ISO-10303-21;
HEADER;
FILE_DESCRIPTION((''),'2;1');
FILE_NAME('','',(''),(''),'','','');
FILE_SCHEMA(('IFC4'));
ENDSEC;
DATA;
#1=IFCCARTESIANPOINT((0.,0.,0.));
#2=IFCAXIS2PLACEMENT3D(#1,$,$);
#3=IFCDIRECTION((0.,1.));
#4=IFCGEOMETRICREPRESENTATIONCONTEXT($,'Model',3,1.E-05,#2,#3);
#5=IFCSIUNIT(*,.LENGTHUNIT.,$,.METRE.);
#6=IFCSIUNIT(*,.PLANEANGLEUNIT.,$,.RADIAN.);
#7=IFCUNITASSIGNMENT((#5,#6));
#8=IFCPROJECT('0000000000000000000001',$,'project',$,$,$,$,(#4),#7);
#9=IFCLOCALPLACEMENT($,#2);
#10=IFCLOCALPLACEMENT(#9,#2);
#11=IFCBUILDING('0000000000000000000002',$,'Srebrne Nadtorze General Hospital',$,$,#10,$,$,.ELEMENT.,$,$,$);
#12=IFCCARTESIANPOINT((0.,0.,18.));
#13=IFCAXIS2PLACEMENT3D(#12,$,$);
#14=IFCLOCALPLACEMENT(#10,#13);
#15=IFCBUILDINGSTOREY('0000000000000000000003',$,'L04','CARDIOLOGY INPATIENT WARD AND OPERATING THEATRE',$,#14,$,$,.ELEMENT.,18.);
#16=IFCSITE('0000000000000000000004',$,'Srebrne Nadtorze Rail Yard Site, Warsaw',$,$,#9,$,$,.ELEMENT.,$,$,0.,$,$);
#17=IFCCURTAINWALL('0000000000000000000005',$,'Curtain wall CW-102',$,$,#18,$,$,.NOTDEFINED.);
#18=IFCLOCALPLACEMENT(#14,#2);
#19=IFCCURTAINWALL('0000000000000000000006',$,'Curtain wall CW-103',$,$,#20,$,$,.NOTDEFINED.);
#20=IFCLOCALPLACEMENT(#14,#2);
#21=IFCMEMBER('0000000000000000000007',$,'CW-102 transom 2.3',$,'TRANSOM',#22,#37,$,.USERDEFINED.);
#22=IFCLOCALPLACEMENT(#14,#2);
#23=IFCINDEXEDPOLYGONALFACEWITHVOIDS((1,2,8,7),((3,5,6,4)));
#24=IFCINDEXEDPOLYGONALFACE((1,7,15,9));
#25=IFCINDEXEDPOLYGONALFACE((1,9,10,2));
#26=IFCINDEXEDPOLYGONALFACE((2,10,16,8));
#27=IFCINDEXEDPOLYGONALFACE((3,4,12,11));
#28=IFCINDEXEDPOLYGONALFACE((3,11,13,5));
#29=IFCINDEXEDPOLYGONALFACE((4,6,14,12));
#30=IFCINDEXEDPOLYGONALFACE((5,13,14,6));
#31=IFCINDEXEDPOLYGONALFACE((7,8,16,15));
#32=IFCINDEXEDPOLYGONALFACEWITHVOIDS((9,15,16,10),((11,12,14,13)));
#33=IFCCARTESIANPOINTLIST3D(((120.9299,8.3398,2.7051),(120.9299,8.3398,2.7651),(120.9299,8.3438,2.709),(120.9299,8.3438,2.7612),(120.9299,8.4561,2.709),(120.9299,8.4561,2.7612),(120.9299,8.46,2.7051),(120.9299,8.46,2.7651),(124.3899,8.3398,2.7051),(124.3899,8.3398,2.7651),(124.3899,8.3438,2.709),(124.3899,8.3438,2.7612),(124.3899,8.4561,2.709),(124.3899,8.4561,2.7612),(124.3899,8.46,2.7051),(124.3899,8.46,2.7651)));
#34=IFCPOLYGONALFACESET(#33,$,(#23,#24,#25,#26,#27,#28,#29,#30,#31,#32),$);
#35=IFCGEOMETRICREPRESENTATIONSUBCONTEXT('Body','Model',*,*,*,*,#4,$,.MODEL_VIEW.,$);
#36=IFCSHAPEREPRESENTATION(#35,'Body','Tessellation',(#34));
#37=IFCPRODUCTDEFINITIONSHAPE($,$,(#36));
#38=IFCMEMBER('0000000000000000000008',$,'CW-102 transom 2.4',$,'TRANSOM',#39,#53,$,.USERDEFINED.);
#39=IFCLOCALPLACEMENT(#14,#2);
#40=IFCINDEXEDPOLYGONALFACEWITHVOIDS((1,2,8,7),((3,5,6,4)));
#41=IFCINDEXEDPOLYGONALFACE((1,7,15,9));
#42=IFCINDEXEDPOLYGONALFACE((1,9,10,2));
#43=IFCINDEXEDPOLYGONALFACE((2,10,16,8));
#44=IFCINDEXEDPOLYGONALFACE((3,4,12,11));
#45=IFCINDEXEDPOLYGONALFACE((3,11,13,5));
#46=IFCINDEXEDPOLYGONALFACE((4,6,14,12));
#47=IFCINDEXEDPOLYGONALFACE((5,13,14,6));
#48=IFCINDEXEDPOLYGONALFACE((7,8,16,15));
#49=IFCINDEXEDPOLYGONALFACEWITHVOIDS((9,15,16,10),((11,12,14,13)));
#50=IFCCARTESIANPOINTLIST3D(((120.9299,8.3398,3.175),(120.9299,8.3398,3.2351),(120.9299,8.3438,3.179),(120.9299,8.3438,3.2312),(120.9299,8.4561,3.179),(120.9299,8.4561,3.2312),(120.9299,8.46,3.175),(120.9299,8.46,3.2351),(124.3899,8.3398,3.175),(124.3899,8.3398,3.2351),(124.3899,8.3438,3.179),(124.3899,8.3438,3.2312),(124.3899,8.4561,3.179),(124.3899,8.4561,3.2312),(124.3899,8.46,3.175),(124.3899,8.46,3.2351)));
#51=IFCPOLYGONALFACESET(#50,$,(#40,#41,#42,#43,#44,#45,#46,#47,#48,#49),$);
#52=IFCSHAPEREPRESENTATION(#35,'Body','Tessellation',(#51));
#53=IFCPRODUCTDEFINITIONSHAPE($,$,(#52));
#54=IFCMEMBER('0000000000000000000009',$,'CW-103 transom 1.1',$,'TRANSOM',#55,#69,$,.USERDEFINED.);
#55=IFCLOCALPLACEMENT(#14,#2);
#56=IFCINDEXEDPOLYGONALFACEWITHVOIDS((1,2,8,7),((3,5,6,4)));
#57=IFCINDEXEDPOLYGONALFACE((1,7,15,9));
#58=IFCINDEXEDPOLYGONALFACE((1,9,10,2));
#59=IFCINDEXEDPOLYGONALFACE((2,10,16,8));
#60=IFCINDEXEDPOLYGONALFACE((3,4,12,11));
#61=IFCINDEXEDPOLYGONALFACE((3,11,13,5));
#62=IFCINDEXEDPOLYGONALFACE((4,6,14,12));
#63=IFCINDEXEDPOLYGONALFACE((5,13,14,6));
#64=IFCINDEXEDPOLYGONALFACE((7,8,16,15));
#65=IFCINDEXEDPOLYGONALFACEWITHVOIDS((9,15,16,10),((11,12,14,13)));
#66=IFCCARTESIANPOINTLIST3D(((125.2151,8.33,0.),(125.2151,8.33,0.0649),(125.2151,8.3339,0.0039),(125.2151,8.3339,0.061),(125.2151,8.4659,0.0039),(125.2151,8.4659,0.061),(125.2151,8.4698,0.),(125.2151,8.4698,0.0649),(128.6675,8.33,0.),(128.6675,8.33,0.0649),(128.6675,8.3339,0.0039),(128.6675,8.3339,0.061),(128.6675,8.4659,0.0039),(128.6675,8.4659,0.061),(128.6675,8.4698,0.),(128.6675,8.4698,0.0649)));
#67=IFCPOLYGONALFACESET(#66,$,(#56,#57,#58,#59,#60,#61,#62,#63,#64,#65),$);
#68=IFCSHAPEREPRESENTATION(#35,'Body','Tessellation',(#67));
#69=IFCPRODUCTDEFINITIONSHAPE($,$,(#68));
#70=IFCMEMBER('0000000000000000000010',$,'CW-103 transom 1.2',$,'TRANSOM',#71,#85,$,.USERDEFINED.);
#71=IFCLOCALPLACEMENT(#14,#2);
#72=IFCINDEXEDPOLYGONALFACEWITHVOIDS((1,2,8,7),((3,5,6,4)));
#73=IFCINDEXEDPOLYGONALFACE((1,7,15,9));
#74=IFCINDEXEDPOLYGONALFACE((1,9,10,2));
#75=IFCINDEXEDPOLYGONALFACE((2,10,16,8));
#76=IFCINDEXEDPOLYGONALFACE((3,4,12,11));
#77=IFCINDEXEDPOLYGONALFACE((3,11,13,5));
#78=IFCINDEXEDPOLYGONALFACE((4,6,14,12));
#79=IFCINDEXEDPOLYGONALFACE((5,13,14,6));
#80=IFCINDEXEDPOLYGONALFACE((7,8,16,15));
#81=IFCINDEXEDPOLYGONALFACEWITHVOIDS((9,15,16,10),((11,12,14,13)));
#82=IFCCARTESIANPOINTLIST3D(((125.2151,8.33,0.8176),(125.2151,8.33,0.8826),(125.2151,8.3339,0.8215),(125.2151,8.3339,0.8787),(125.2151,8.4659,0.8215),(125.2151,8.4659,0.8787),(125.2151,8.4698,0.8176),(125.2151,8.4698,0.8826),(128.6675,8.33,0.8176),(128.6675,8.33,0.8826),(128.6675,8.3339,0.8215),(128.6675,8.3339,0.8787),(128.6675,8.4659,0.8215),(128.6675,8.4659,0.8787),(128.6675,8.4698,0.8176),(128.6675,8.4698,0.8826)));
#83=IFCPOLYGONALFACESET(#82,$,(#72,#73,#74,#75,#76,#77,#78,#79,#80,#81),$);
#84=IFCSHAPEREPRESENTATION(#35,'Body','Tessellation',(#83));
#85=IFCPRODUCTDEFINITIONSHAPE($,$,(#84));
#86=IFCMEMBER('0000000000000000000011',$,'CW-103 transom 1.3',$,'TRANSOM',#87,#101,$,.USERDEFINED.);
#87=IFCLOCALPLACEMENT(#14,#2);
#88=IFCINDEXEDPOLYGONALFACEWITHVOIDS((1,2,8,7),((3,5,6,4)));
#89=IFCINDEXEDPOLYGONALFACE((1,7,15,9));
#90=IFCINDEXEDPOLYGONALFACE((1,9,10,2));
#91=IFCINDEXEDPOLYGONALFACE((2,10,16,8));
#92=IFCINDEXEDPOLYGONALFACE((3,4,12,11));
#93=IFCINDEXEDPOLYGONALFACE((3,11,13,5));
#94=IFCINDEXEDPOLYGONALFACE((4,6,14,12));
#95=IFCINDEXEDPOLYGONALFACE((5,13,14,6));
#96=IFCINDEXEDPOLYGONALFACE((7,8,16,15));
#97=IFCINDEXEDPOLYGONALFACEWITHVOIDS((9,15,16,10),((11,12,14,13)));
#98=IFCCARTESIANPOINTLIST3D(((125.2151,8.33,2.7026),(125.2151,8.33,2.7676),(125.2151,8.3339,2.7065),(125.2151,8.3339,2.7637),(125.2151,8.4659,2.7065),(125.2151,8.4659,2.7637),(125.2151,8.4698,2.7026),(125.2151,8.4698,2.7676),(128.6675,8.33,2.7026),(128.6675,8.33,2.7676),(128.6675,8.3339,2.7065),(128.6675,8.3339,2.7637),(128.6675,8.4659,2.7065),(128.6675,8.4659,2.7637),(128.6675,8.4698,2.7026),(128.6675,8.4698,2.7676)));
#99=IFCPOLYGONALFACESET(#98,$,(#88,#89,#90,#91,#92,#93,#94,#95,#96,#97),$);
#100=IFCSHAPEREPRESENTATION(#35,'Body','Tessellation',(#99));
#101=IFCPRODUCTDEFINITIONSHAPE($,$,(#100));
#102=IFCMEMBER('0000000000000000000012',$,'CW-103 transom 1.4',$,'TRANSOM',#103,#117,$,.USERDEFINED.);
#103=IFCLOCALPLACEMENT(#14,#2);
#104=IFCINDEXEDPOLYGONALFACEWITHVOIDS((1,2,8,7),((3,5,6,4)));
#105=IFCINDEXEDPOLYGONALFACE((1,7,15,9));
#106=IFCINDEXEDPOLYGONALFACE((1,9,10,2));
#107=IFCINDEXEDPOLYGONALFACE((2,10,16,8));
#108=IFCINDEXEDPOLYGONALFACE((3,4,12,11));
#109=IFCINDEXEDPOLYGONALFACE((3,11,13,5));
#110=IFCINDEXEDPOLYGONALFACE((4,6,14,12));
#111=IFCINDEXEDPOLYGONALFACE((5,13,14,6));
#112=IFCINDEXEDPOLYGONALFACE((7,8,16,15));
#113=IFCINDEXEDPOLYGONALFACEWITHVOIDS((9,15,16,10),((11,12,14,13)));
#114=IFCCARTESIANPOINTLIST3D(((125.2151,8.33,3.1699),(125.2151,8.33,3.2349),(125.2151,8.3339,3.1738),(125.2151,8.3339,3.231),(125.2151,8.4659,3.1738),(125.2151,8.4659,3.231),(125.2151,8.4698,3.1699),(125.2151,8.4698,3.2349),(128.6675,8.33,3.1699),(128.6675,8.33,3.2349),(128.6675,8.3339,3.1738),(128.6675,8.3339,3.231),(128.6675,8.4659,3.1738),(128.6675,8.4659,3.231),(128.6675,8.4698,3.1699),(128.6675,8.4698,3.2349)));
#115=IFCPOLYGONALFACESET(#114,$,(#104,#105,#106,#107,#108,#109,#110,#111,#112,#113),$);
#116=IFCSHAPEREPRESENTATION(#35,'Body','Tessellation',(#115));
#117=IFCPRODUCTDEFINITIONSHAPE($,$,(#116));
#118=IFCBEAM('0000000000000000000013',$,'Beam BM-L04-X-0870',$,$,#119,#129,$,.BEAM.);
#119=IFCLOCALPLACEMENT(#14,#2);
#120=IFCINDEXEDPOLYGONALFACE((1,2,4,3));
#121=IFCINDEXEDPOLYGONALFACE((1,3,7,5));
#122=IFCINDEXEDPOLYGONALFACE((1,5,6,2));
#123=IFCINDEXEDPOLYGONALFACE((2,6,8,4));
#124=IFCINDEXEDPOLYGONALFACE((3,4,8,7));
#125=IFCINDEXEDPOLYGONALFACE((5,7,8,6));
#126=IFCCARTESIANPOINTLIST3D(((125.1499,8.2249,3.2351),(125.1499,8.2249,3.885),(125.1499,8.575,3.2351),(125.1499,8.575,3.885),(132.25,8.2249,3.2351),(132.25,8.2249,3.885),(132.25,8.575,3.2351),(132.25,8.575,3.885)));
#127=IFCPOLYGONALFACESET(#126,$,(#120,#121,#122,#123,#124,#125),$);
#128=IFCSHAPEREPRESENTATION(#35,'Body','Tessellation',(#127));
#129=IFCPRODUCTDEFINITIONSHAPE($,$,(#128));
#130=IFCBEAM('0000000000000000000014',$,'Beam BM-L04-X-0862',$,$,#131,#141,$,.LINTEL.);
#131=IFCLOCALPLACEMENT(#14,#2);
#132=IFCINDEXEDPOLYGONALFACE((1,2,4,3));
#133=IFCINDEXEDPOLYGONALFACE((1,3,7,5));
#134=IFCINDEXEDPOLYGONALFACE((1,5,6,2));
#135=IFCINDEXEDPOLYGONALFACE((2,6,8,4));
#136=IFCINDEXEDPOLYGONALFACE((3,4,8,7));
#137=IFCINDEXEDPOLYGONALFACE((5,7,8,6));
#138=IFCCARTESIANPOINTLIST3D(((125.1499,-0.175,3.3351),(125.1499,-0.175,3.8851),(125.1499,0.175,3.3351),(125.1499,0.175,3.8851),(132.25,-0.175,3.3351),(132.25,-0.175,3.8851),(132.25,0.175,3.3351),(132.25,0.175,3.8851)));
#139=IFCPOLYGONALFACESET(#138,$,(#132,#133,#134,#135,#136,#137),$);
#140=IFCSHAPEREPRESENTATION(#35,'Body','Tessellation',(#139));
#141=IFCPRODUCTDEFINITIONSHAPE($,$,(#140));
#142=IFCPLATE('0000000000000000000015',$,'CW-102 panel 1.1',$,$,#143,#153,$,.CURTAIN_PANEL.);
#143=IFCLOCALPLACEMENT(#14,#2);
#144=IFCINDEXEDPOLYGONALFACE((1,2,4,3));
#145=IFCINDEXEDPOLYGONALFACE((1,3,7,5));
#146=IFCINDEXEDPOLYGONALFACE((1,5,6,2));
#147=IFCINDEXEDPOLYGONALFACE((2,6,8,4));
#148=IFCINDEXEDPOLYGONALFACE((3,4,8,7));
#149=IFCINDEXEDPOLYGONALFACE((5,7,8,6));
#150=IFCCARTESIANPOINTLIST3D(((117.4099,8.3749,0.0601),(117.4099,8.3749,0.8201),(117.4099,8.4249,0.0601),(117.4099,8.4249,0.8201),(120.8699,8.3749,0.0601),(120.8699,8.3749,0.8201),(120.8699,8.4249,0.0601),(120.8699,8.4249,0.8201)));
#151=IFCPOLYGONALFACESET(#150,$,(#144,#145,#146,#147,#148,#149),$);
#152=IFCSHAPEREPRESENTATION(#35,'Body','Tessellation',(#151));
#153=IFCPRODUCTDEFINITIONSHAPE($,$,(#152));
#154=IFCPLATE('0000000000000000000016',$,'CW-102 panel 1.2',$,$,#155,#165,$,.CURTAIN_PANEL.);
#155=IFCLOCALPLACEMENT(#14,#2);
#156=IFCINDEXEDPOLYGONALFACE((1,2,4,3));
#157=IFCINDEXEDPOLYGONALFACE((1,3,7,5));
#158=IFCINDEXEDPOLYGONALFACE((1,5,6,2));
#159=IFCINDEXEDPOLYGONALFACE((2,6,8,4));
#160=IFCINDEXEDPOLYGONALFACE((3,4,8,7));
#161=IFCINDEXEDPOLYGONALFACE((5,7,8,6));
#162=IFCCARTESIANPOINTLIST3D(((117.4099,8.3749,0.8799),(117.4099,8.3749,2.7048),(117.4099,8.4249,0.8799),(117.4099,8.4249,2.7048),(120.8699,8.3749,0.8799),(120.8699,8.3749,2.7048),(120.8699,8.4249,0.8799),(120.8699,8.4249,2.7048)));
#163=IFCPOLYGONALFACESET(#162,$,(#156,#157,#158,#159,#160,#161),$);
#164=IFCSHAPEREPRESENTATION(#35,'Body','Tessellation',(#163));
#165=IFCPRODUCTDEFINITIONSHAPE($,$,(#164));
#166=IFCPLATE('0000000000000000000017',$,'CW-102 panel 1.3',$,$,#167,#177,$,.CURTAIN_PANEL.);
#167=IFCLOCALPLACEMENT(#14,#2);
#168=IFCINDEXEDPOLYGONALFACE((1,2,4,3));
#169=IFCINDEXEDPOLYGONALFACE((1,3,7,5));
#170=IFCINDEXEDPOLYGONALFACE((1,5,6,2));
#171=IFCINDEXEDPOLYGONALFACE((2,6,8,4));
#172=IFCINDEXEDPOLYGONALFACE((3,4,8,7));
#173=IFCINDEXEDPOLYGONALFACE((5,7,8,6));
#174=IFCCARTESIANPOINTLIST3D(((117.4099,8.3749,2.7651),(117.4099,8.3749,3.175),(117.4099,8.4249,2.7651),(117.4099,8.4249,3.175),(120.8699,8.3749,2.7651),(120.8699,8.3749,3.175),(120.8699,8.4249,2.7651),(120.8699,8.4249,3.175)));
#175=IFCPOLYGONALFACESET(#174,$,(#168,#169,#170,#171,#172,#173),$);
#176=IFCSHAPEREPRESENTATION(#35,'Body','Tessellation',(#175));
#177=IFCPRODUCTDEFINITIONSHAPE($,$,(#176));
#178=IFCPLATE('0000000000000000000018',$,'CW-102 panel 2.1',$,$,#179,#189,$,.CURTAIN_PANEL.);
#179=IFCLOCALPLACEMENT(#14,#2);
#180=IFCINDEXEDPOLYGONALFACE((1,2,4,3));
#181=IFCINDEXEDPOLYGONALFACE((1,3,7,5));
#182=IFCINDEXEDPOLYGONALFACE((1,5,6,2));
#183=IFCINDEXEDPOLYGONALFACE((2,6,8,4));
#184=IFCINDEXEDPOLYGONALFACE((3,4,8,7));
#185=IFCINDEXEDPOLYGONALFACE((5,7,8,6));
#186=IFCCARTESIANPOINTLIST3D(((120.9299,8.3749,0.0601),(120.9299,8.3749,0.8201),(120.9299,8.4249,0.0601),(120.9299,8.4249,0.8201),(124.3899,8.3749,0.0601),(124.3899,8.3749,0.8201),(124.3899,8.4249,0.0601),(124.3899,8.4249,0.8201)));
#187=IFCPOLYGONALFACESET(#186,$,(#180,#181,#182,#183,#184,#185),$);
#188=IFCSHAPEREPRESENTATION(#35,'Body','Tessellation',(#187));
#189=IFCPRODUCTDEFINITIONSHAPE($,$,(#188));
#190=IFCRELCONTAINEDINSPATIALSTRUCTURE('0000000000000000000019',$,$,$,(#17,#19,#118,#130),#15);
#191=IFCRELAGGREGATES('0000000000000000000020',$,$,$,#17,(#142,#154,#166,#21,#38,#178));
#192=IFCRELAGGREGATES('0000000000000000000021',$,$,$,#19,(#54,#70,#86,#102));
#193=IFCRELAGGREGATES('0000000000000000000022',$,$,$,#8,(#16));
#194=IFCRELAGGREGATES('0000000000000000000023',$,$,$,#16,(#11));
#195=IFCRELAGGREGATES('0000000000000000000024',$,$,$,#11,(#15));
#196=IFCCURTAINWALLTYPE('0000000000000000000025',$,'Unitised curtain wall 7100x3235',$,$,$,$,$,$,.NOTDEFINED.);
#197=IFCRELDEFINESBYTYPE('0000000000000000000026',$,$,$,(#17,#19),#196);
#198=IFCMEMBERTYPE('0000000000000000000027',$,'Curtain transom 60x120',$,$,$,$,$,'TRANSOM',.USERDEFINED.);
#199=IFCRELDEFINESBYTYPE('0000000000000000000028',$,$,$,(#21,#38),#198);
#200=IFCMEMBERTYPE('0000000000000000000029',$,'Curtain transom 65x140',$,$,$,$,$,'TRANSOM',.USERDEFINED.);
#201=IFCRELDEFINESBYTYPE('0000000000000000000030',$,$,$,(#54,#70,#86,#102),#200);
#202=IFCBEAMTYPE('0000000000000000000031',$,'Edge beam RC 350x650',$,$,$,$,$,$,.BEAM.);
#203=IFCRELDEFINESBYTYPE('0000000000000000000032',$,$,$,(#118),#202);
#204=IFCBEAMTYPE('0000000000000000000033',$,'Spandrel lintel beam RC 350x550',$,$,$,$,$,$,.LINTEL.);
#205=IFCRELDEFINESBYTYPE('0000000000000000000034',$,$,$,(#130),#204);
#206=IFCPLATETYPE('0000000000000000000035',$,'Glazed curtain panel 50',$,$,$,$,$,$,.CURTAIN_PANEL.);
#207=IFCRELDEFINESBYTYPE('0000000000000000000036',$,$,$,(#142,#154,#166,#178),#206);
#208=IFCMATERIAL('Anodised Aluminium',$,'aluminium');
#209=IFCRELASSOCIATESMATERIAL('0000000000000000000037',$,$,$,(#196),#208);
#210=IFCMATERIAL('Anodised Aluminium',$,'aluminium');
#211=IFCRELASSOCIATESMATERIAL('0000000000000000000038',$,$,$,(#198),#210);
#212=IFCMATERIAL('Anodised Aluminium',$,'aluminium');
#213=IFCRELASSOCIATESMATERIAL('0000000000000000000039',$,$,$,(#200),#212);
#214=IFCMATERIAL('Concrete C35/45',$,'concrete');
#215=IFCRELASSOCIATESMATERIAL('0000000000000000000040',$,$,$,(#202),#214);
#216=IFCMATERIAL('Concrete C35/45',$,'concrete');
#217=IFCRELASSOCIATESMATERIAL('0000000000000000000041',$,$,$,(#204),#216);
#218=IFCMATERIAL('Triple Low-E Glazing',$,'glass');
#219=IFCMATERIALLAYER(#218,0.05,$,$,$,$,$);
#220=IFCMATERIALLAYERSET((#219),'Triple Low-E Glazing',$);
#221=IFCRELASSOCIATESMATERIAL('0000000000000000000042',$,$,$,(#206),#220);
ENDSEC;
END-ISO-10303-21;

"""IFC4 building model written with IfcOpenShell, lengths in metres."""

from ifc_helpers import new_model, si_unit, direction, frame, origin, origin_2d, place, context, subcontext, project, spatial, rectangle, hollow_rectangle, extrude, material, layer, layer_set, material_profile, profile_set, type_object, element, aggregate, save


model = new_model("IFC4")

# Units and contexts
model_context = context("Model", 3, precision=1e-05, world=origin(), true_north=direction((0.0, 1.0)))
body_context = subcontext(model_context, "Body", "Model", "MODEL_VIEW")
ifc_project = project(units=[si_unit("LENGTHUNIT", "METRE"), si_unit("PLANEANGLEUNIT", "RADIAN")], contexts=[model_context])

# Site, building, storey
site_placement = place(None, origin())
site = spatial("IfcSite", under=ifc_project, at=site_placement, Name="Srebrne Nadtorze Rail Yard Site, Warsaw", CompositionType="ELEMENT", RefElevation=0.0)
building_placement = place(site_placement, origin())
building = spatial("IfcBuilding", under=site, at=building_placement, Name="Srebrne Nadtorze General Hospital", CompositionType="ELEMENT")
storey_placement = place(building_placement, frame((0.0, 0.0, 18.0)))
storey = spatial("IfcBuildingStorey", under=building, at=storey_placement, Name="L04", Description="CARDIOLOGY INPATIENT WARD AND OPERATING THEATRE", CompositionType="ELEMENT", Elevation=18.0)

# Curtain wall
ifc_material_1 = material(Name="Anodised Aluminium", Category="aluminium")
curtain_wall_type = type_object("IfcCurtainWallType", Name="Unitised curtain wall 7100x3235", PredefinedType="NOTDEFINED", material=ifc_material_1)
curtain_wall_1_placement = place(storey_placement, origin())
curtain_wall_1 = element("IfcCurtainWall", 1, at=curtain_wall_1_placement, inside=storey, type_object=curtain_wall_type, Name="Curtain wall CW-102", PredefinedType="NOTDEFINED")

# Curtain wall
curtain_wall_2_placement = place(storey_placement, origin())
curtain_wall_2 = element("IfcCurtainWall", 2, at=curtain_wall_2_placement, inside=storey, type_object=curtain_wall_type, Name="Curtain wall CW-103", PredefinedType="NOTDEFINED")

# Members
ifc_material_2 = material(Name="Anodised Aluminium", Category="aluminium")
ifc_material_profile_1 = material_profile(ifc_material_2, hollow_rectangle(XDim=0.0601, YDim=0.1201, WallThickness=0.0039, at=origin_2d()), Name="AL-TRN-60x120")
ifc_profile_set_1 = profile_set([ifc_material_profile_1], Name="Anodised Aluminium")
member_type_1 = type_object("IfcMemberType", Name="Curtain transom 60x120", ElementType="TRANSOM", PredefinedType="USERDEFINED", material=ifc_profile_set_1)
member_1_placement = place(storey_placement, frame((120.9299, 8.3999, 2.7351), z_axis=(1.0, 0.0, 0.0), x_axis=(0.0, 0.0, 1.0)))
member_1 = element("IfcMember", 3, at=member_1_placement, type_object=member_type_1, Name="CW-102 transom 2.3", ObjectType="TRANSOM", PredefinedType="USERDEFINED", context=body_context, shape_type="SweptSolid", body=[
    extrude(hollow_rectangle(XDim=0.0601, YDim=0.1201, WallThickness=0.0039, at=origin_2d()), origin(), (0.0, 0.0, 1.0), 3.46),
])
member_2_placement = place(storey_placement, frame((120.9299, 8.3999, 3.2051), z_axis=(1.0, 0.0, 0.0), x_axis=(0.0, 0.0, 1.0)))
member_2 = element("IfcMember", 4, at=member_2_placement, type_object=member_type_1, Name="CW-102 transom 2.4", ObjectType="TRANSOM", PredefinedType="USERDEFINED", context=body_context, shape_type="SweptSolid", body=[
    extrude(hollow_rectangle(XDim=0.0601, YDim=0.1201, WallThickness=0.0039, at=origin_2d()), origin(), (0.0, 0.0, 1.0), 3.46),
])
ifc_material_3 = material(Name="Anodised Aluminium", Category="aluminium")
ifc_material_profile_2 = material_profile(ifc_material_3, hollow_rectangle(XDim=0.0649, YDim=0.1399, WallThickness=0.0039, at=origin_2d()), Name="AL-TRN-65x140")
ifc_profile_set_2 = profile_set([ifc_material_profile_2], Name="Anodised Aluminium")
member_type_2 = type_object("IfcMemberType", Name="Curtain transom 65x140", ElementType="TRANSOM", PredefinedType="USERDEFINED", material=ifc_profile_set_2)
member_3_placement = place(storey_placement, frame((125.2151, 8.3999, 0.0325), z_axis=(1.0, 0.0, 0.0), x_axis=(0.0, 0.0, 1.0)))
member_3 = element("IfcMember", 5, at=member_3_placement, type_object=member_type_2, Name="CW-103 transom 1.1", ObjectType="TRANSOM", PredefinedType="USERDEFINED", context=body_context, shape_type="SweptSolid", body=[
    extrude(hollow_rectangle(XDim=0.0649, YDim=0.1399, WallThickness=0.0039, at=origin_2d()), origin(), (0.0, 0.0, 1.0), 3.4524),
])
member_4_placement = place(storey_placement, frame((125.2151, 8.3999, 0.8501), z_axis=(1.0, 0.0, 0.0), x_axis=(0.0, 0.0, 1.0)))
member_4 = element("IfcMember", 6, at=member_4_placement, type_object=member_type_2, Name="CW-103 transom 1.2", ObjectType="TRANSOM", PredefinedType="USERDEFINED", context=body_context, shape_type="SweptSolid", body=[
    extrude(hollow_rectangle(XDim=0.0649, YDim=0.1399, WallThickness=0.0039, at=origin_2d()), origin(), (0.0, 0.0, 1.0), 3.4524),
])
member_5_placement = place(storey_placement, frame((125.2151, 8.3999, 2.7351), z_axis=(1.0, 0.0, 0.0), x_axis=(0.0, 0.0, 1.0)))
member_5 = element("IfcMember", 7, at=member_5_placement, type_object=member_type_2, Name="CW-103 transom 1.3", ObjectType="TRANSOM", PredefinedType="USERDEFINED", context=body_context, shape_type="SweptSolid", body=[
    extrude(hollow_rectangle(XDim=0.0649, YDim=0.1399, WallThickness=0.0039, at=origin_2d()), origin(), (0.0, 0.0, 1.0), 3.4524),
])
member_6_placement = place(storey_placement, frame((125.2151, 8.3999, 3.2024), z_axis=(1.0, 0.0, 0.0), x_axis=(0.0, 0.0, 1.0)))
member_6 = element("IfcMember", 8, at=member_6_placement, type_object=member_type_2, Name="CW-103 transom 1.4", ObjectType="TRANSOM", PredefinedType="USERDEFINED", context=body_context, shape_type="SweptSolid", body=[
    extrude(hollow_rectangle(XDim=0.0649, YDim=0.1399, WallThickness=0.0039, at=origin_2d()), origin(), (0.0, 0.0, 1.0), 3.4524),
])

# Beams
ifc_material_4 = material(Name="Concrete C35/45", Category="concrete")
ifc_material_profile_3 = material_profile(ifc_material_4, rectangle(XDim=0.3501, YDim=0.6499, at=origin_2d()), Name="RC-BM-350x650")
ifc_profile_set_3 = profile_set([ifc_material_profile_3], Name="Concrete C35/45")
beam_type_1 = type_object("IfcBeamType", Name="Edge beam RC 350x650", PredefinedType="BEAM", material=ifc_profile_set_3)
beam_1_placement = place(storey_placement, frame((125.1499, 8.3999, 3.5601), z_axis=(1.0, 0.0, 0.0), x_axis=(0.0, 1.0, 0.0)))
element("IfcBeam", 9, at=beam_1_placement, inside=storey, type_object=beam_type_1, Name="Beam BM-L04-X-0870", PredefinedType="BEAM", context=body_context, shape_type="SweptSolid", body=[
    extrude(rectangle(XDim=0.3501, YDim=0.6499, at=origin_2d()), origin(), (0.0, 0.0, 1.0), 7.1001),
])
ifc_material_5 = material(Name="Concrete C35/45", Category="concrete")
ifc_material_profile_4 = material_profile(ifc_material_5, rectangle(XDim=0.3501, YDim=0.55, at=origin_2d()), Name="RC-BM-350x550")
ifc_profile_set_4 = profile_set([ifc_material_profile_4], Name="Concrete C35/45")
beam_type_2 = type_object("IfcBeamType", Name="Spandrel lintel beam RC 350x550", PredefinedType="LINTEL", material=ifc_profile_set_4)
beam_2_placement = place(storey_placement, frame((125.1499, 0.0, 3.6101), z_axis=(1.0, 0.0, 0.0), x_axis=(0.0, 1.0, 0.0)))
element("IfcBeam", 10, at=beam_2_placement, inside=storey, type_object=beam_type_2, Name="Beam BM-L04-X-0862", PredefinedType="LINTEL", context=body_context, shape_type="SweptSolid", body=[
    extrude(rectangle(XDim=0.3501, YDim=0.55, at=origin_2d()), origin(), (0.0, 0.0, 1.0), 7.1001),
])

# Plates
ifc_material_6 = material(Name="Triple Low-E Glazing", Category="glass")
ifc_layer_1 = layer(ifc_material_6, 0.05)
ifc_layer_set_1 = layer_set([ifc_layer_1], Name="Triple Low-E Glazing")
plate_type = type_object("IfcPlateType", Name="Glazed curtain panel 50", PredefinedType="CURTAIN_PANEL", material=ifc_layer_set_1)
plate_1_placement = place(storey_placement, frame((119.1399, 8.3999, 0.0601), z_axis=(0.0, 0.0, 1.0), x_axis=(1.0, 0.0, 0.0)))
plate_1 = element("IfcPlate", 11, at=plate_1_placement, type_object=plate_type, Name="CW-102 panel 1.1", PredefinedType="CURTAIN_PANEL", context=body_context, shape_type="SweptSolid", body=[
    extrude(rectangle(XDim=3.46, YDim=0.05, at=origin_2d()), origin(), (0.0, 0.0, 1.0), 0.76),
])
plate_2_placement = place(storey_placement, frame((119.1399, 8.3999, 0.8799), z_axis=(0.0, 0.0, 1.0), x_axis=(1.0, 0.0, 0.0)))
plate_2 = element("IfcPlate", 12, at=plate_2_placement, type_object=plate_type, Name="CW-102 panel 1.2", PredefinedType="CURTAIN_PANEL", context=body_context, shape_type="SweptSolid", body=[
    extrude(rectangle(XDim=3.46, YDim=0.05, at=origin_2d()), origin(), (0.0, 0.0, 1.0), 1.825),
])
plate_3_placement = place(storey_placement, frame((119.1399, 8.3999, 2.7651), z_axis=(0.0, 0.0, 1.0), x_axis=(1.0, 0.0, 0.0)))
plate_3 = element("IfcPlate", 13, at=plate_3_placement, type_object=plate_type, Name="CW-102 panel 1.3", PredefinedType="CURTAIN_PANEL", context=body_context, shape_type="SweptSolid", body=[
    extrude(rectangle(XDim=3.46, YDim=0.05, at=origin_2d()), origin(), (0.0, 0.0, 1.0), 0.4099),
])
plate_4_placement = place(storey_placement, frame((122.6599, 8.3999, 0.0601), z_axis=(0.0, 0.0, 1.0), x_axis=(1.0, 0.0, 0.0)))
plate_4 = element("IfcPlate", 14, at=plate_4_placement, type_object=plate_type, Name="CW-102 panel 2.1", PredefinedType="CURTAIN_PANEL", context=body_context, shape_type="SweptSolid", body=[
    extrude(rectangle(XDim=3.46, YDim=0.05, at=origin_2d()), origin(), (0.0, 0.0, 1.0), 0.76),
])
aggregate(curtain_wall_1, [plate_1, plate_2, plate_3, member_1, member_2, plate_4])
aggregate(curtain_wall_2, [member_3, member_4, member_5, member_6])

save(model, "model.ifc")
